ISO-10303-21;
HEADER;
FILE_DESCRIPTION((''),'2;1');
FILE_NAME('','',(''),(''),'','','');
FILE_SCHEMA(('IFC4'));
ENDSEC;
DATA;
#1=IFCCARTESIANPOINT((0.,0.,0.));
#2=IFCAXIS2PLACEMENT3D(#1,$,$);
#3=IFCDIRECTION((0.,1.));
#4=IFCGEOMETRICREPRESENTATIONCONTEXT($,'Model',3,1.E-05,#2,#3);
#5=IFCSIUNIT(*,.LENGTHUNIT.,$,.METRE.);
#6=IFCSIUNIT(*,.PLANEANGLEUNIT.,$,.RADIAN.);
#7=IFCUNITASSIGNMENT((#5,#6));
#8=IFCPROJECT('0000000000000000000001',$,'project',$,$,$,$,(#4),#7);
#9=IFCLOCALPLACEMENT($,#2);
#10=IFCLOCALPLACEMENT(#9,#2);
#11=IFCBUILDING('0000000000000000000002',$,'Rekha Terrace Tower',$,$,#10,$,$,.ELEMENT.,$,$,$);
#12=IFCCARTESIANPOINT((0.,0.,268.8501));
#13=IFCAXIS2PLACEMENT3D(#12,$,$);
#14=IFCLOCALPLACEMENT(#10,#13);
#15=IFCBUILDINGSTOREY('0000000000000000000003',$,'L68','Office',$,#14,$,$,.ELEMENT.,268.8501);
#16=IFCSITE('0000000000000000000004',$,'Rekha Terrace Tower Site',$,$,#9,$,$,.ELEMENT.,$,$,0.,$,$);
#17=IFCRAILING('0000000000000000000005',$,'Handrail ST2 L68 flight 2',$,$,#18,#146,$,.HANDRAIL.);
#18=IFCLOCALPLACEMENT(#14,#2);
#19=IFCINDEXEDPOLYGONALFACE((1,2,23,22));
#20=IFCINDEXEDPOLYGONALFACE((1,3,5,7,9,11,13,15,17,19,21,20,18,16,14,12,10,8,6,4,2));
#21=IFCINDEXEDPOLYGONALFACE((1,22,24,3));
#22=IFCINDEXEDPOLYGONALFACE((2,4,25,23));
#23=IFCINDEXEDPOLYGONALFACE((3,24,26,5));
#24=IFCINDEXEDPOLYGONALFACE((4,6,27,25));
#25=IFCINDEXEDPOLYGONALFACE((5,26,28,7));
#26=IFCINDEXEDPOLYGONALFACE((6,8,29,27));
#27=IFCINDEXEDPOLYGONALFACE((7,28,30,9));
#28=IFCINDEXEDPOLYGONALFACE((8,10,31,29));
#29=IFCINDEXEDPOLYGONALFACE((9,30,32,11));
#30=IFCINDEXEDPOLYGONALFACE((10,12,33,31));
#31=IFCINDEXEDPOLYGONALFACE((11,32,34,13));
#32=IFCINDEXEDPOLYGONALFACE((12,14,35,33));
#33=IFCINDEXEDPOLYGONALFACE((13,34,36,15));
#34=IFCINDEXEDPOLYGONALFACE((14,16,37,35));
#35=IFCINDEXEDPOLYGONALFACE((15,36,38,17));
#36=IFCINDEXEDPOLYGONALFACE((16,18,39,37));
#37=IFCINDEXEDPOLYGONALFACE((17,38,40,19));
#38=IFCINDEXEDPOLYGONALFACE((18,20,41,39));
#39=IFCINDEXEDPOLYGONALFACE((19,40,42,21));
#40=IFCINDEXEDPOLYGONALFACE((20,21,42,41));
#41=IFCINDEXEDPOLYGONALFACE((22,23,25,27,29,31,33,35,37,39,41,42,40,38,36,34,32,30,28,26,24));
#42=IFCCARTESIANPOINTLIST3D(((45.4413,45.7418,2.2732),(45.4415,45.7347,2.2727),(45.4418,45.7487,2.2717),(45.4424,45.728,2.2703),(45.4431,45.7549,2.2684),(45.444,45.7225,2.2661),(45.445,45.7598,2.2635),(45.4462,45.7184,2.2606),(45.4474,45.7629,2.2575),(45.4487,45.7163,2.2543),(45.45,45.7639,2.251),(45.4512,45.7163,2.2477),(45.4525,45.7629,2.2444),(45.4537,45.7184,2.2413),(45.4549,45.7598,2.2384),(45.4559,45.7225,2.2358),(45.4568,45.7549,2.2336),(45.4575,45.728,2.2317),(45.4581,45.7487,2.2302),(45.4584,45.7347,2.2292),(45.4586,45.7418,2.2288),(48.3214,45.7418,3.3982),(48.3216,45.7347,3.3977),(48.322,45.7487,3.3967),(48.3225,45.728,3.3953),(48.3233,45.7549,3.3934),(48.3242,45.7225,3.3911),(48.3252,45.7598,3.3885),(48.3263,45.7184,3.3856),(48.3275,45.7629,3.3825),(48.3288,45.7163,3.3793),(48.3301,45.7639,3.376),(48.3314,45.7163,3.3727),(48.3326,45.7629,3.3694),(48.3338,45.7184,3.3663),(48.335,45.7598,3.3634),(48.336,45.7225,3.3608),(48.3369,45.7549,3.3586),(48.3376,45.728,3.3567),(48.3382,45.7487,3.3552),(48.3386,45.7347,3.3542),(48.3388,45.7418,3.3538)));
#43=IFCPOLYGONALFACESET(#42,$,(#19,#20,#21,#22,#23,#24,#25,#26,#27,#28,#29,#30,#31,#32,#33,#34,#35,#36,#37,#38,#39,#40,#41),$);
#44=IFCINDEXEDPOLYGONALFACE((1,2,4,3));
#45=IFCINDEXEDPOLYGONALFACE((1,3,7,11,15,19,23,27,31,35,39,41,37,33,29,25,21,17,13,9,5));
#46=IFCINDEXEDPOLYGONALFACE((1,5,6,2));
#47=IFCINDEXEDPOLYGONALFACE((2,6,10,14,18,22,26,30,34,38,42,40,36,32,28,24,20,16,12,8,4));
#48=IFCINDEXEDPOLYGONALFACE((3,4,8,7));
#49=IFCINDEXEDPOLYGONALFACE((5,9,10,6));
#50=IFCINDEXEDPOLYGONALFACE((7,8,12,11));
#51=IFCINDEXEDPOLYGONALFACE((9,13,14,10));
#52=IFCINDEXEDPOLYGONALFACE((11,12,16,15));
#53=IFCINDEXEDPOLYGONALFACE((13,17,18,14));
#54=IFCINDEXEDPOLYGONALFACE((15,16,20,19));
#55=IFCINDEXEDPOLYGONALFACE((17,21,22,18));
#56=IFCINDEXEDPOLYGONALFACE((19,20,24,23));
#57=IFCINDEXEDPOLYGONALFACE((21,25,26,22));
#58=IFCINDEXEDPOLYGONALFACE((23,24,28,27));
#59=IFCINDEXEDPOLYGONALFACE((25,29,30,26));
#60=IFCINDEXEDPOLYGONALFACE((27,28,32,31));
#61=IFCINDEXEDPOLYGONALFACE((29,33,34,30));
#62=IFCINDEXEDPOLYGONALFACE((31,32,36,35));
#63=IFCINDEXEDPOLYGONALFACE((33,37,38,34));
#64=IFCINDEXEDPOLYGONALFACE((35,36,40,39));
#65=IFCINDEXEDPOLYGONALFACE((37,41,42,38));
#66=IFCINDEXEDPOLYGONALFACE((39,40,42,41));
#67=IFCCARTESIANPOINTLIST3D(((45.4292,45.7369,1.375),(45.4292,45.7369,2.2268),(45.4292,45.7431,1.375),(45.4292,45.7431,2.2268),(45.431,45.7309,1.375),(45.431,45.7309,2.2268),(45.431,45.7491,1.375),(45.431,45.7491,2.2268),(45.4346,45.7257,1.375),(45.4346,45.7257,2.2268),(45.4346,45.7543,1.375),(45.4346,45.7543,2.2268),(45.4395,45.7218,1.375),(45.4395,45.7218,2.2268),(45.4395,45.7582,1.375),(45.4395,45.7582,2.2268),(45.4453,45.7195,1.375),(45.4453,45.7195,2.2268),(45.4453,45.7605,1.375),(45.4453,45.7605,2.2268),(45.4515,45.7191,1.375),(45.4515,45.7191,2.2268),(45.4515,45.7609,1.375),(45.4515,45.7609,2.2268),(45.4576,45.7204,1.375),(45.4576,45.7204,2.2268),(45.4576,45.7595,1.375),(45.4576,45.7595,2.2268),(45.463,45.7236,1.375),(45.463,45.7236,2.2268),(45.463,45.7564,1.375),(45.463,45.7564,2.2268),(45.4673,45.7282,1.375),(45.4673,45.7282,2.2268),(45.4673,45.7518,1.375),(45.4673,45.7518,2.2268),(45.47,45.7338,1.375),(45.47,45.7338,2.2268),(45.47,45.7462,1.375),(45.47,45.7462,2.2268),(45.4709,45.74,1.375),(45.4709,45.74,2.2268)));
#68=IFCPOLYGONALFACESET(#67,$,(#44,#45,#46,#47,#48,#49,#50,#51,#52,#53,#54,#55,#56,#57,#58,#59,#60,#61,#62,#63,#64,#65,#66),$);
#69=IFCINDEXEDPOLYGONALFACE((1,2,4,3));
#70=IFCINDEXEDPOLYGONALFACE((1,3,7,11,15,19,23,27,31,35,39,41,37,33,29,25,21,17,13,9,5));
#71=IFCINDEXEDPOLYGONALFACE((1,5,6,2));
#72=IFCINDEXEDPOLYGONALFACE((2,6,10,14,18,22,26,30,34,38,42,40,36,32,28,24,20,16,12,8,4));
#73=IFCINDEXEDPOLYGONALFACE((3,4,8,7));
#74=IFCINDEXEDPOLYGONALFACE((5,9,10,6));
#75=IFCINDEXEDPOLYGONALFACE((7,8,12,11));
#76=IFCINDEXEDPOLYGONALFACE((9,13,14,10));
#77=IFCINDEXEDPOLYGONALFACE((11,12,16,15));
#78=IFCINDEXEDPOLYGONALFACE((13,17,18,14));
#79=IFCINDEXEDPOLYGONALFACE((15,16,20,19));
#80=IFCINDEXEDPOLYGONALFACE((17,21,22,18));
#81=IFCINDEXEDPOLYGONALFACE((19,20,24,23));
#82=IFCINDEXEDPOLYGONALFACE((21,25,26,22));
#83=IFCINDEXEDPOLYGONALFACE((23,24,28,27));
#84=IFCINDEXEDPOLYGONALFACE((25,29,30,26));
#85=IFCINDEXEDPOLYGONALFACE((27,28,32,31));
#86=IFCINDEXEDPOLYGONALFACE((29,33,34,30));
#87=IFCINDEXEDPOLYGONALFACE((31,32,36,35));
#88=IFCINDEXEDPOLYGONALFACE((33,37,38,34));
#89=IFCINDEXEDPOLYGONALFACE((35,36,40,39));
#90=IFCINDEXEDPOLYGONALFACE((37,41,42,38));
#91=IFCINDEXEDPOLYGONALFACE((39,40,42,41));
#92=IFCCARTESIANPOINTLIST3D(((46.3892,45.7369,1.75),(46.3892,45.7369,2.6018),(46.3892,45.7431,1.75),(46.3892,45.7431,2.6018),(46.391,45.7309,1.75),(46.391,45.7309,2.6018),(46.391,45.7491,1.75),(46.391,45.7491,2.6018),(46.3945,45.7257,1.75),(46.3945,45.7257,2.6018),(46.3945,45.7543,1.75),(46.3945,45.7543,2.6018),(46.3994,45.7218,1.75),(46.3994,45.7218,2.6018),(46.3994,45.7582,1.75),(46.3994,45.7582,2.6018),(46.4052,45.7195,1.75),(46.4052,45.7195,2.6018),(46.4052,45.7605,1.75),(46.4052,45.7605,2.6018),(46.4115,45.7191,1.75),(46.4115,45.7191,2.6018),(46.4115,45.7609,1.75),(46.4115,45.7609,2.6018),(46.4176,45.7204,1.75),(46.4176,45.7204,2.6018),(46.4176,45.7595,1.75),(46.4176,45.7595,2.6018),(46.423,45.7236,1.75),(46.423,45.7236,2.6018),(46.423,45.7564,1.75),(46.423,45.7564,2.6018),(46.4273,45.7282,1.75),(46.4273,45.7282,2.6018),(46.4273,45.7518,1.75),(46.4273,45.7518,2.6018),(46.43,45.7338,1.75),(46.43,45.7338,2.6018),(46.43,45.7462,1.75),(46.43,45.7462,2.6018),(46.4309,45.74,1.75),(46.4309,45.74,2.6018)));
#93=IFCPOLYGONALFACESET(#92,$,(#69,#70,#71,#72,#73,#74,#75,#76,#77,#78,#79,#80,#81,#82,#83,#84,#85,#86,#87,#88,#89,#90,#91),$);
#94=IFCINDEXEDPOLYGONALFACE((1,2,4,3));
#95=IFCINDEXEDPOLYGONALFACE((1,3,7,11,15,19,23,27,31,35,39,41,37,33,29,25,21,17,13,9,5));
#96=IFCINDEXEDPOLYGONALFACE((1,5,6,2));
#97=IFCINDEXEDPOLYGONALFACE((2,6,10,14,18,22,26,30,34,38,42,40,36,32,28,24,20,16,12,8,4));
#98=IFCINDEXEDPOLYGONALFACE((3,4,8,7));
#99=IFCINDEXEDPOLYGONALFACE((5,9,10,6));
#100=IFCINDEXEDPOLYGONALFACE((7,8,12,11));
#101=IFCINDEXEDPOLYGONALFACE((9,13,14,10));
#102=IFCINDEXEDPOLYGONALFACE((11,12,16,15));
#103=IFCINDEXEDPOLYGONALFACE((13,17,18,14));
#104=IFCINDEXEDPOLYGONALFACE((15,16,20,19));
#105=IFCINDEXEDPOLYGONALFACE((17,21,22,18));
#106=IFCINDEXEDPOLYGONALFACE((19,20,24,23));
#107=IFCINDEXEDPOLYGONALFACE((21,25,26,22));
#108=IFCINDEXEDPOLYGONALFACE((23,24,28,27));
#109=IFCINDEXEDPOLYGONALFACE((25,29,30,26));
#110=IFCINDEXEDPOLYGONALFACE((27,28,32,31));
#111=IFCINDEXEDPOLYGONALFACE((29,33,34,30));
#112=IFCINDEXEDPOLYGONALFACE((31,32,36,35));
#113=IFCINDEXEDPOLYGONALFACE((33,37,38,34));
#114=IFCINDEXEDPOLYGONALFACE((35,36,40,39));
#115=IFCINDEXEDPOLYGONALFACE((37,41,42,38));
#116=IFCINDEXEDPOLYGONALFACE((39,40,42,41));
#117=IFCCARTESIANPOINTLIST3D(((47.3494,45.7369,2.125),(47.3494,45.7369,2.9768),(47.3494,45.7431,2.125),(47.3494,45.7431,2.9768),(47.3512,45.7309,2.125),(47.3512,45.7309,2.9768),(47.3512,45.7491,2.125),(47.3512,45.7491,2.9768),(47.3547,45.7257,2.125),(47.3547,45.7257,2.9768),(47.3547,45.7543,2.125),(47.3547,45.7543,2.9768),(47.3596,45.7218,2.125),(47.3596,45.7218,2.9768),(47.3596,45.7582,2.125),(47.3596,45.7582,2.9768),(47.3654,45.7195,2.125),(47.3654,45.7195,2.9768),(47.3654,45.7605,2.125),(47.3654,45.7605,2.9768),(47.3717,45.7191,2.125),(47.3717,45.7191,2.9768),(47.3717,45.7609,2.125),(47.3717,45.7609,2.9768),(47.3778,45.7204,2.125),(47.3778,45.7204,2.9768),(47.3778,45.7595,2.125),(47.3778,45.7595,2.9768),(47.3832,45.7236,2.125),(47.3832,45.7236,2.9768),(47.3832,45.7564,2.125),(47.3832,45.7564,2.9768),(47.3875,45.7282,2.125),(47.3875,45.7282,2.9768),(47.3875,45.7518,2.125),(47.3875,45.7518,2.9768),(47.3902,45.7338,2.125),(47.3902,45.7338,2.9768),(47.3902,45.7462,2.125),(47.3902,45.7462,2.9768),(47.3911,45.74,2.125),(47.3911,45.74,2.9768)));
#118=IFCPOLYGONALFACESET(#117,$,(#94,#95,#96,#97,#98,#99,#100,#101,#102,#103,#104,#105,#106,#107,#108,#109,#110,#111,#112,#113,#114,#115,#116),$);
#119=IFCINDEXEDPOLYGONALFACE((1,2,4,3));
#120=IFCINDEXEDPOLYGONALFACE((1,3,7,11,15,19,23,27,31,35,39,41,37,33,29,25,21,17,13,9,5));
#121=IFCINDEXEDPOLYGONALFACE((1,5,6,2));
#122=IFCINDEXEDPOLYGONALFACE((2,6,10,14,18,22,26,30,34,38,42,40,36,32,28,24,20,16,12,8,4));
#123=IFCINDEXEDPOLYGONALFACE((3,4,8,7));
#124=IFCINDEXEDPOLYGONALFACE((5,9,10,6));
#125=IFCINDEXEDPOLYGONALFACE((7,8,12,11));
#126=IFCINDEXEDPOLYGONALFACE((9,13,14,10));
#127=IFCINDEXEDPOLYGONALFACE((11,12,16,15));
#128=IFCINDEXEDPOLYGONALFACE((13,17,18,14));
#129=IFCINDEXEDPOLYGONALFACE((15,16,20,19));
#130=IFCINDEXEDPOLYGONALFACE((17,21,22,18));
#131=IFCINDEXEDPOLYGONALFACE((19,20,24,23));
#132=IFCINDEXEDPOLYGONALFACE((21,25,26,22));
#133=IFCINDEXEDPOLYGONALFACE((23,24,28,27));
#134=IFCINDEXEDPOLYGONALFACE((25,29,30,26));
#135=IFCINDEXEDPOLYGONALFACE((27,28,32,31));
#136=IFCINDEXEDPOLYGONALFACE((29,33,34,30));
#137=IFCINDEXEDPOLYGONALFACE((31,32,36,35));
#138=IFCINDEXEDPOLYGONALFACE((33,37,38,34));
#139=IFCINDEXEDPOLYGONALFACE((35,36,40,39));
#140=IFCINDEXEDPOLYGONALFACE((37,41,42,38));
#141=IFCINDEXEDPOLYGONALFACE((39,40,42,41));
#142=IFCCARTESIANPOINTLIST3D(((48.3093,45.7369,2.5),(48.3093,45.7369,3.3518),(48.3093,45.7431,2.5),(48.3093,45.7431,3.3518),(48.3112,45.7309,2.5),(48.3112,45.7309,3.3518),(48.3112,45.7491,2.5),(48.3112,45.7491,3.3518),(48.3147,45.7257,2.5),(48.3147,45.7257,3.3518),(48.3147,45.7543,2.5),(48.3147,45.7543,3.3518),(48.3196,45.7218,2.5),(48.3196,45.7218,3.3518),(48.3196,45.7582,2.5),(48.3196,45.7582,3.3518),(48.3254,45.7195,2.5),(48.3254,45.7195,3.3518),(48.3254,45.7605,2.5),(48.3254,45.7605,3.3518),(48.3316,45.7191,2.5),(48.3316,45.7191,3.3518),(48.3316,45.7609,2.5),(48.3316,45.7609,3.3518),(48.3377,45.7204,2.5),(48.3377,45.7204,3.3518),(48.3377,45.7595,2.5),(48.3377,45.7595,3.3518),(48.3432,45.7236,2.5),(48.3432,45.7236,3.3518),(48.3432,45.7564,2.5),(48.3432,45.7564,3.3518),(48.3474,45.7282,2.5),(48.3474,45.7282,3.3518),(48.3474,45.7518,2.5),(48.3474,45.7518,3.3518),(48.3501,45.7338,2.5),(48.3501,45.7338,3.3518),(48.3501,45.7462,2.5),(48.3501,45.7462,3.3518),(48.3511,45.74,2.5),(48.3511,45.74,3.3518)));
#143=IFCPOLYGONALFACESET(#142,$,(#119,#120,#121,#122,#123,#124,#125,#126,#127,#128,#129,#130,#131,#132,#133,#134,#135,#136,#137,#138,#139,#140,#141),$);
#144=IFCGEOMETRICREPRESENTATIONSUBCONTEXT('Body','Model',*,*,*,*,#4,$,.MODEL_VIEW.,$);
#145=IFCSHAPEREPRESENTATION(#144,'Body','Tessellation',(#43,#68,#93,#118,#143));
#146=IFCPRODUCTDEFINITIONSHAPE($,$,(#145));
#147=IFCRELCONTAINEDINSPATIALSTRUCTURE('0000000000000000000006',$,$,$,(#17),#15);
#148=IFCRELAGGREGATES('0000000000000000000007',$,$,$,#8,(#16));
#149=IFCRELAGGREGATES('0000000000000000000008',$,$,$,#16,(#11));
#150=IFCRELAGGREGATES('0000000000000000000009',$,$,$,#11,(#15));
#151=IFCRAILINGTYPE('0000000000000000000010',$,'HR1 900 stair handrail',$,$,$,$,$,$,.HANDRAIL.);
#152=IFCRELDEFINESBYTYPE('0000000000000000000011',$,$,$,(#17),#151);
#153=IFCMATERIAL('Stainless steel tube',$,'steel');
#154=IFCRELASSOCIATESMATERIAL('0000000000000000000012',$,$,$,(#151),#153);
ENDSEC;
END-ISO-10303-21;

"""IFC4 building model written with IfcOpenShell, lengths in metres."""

from ifc_helpers import new_model, si_unit, direction, frame, origin, origin_2d, place, context, subcontext, project, spatial, circle, extrude, material, type_object, element, save


model = new_model("IFC4")

# Units and contexts
model_context = context("Model", 3, precision=1e-05, world=origin(), true_north=direction((0.0, 1.0)))
body_context = subcontext(model_context, "Body", "Model", "MODEL_VIEW")
ifc_project = project(units=[si_unit("LENGTHUNIT", "METRE"), si_unit("PLANEANGLEUNIT", "RADIAN")], contexts=[model_context])

# Site, building, storey
site_placement = place(None, origin())
site = spatial("IfcSite", under=ifc_project, at=site_placement, Name="Rekha Terrace Tower Site", CompositionType="ELEMENT", RefElevation=0.0)
building_placement = place(site_placement, origin())
building = spatial("IfcBuilding", under=site, at=building_placement, Name="Rekha Terrace Tower", CompositionType="ELEMENT")
storey_placement = place(building_placement, frame((0.0, 0.0, 268.8501)))
storey = spatial("IfcBuildingStorey", under=building, at=storey_placement, Name="L68", Description="Office", CompositionType="ELEMENT", Elevation=268.8501)

# Railing
ifc_material_1 = material(Name="Stainless steel tube", Category="steel")
railing_type_1 = type_object("IfcRailingType", Name="HR1 900 stair handrail", PredefinedType="HANDRAIL", material=ifc_material_1)
railing_1_placement = place(storey_placement, frame((45.45, 45.74, 1.375)))
element("IfcRailing", 1, at=railing_1_placement, inside=storey, type_object=railing_type_1, Name="Handrail ST2 L68 flight 2", PredefinedType="HANDRAIL", context=body_context, shape_type="SweptSolid", body=[
    extrude(circle(Radius=0.0239, at=origin_2d()), frame((0.0, 0.0, 0.876), z_axis=(0.931463, 0.0, 0.363837), x_axis=(0.0, 1.0, 0.0)), (0.0, 0.0, 1.0), 3.092),
    extrude(circle(Radius=0.021, at=origin_2d()), origin(), (0.0, 0.0, 1.0), 0.8518),
    extrude(circle(Radius=0.021, at=origin_2d()), frame((0.96, 0.0, 0.375)), (0.0, 0.0, 1.0), 0.8518),
    extrude(circle(Radius=0.021, at=origin_2d()), frame((1.9202, 0.0, 0.75)), (0.0, 0.0, 1.0), 0.8518),
    extrude(circle(Radius=0.021, at=origin_2d()), frame((2.8801, 0.0, 1.125)), (0.0, 0.0, 1.0), 0.8518),
])

save(model, "model.ifc")
